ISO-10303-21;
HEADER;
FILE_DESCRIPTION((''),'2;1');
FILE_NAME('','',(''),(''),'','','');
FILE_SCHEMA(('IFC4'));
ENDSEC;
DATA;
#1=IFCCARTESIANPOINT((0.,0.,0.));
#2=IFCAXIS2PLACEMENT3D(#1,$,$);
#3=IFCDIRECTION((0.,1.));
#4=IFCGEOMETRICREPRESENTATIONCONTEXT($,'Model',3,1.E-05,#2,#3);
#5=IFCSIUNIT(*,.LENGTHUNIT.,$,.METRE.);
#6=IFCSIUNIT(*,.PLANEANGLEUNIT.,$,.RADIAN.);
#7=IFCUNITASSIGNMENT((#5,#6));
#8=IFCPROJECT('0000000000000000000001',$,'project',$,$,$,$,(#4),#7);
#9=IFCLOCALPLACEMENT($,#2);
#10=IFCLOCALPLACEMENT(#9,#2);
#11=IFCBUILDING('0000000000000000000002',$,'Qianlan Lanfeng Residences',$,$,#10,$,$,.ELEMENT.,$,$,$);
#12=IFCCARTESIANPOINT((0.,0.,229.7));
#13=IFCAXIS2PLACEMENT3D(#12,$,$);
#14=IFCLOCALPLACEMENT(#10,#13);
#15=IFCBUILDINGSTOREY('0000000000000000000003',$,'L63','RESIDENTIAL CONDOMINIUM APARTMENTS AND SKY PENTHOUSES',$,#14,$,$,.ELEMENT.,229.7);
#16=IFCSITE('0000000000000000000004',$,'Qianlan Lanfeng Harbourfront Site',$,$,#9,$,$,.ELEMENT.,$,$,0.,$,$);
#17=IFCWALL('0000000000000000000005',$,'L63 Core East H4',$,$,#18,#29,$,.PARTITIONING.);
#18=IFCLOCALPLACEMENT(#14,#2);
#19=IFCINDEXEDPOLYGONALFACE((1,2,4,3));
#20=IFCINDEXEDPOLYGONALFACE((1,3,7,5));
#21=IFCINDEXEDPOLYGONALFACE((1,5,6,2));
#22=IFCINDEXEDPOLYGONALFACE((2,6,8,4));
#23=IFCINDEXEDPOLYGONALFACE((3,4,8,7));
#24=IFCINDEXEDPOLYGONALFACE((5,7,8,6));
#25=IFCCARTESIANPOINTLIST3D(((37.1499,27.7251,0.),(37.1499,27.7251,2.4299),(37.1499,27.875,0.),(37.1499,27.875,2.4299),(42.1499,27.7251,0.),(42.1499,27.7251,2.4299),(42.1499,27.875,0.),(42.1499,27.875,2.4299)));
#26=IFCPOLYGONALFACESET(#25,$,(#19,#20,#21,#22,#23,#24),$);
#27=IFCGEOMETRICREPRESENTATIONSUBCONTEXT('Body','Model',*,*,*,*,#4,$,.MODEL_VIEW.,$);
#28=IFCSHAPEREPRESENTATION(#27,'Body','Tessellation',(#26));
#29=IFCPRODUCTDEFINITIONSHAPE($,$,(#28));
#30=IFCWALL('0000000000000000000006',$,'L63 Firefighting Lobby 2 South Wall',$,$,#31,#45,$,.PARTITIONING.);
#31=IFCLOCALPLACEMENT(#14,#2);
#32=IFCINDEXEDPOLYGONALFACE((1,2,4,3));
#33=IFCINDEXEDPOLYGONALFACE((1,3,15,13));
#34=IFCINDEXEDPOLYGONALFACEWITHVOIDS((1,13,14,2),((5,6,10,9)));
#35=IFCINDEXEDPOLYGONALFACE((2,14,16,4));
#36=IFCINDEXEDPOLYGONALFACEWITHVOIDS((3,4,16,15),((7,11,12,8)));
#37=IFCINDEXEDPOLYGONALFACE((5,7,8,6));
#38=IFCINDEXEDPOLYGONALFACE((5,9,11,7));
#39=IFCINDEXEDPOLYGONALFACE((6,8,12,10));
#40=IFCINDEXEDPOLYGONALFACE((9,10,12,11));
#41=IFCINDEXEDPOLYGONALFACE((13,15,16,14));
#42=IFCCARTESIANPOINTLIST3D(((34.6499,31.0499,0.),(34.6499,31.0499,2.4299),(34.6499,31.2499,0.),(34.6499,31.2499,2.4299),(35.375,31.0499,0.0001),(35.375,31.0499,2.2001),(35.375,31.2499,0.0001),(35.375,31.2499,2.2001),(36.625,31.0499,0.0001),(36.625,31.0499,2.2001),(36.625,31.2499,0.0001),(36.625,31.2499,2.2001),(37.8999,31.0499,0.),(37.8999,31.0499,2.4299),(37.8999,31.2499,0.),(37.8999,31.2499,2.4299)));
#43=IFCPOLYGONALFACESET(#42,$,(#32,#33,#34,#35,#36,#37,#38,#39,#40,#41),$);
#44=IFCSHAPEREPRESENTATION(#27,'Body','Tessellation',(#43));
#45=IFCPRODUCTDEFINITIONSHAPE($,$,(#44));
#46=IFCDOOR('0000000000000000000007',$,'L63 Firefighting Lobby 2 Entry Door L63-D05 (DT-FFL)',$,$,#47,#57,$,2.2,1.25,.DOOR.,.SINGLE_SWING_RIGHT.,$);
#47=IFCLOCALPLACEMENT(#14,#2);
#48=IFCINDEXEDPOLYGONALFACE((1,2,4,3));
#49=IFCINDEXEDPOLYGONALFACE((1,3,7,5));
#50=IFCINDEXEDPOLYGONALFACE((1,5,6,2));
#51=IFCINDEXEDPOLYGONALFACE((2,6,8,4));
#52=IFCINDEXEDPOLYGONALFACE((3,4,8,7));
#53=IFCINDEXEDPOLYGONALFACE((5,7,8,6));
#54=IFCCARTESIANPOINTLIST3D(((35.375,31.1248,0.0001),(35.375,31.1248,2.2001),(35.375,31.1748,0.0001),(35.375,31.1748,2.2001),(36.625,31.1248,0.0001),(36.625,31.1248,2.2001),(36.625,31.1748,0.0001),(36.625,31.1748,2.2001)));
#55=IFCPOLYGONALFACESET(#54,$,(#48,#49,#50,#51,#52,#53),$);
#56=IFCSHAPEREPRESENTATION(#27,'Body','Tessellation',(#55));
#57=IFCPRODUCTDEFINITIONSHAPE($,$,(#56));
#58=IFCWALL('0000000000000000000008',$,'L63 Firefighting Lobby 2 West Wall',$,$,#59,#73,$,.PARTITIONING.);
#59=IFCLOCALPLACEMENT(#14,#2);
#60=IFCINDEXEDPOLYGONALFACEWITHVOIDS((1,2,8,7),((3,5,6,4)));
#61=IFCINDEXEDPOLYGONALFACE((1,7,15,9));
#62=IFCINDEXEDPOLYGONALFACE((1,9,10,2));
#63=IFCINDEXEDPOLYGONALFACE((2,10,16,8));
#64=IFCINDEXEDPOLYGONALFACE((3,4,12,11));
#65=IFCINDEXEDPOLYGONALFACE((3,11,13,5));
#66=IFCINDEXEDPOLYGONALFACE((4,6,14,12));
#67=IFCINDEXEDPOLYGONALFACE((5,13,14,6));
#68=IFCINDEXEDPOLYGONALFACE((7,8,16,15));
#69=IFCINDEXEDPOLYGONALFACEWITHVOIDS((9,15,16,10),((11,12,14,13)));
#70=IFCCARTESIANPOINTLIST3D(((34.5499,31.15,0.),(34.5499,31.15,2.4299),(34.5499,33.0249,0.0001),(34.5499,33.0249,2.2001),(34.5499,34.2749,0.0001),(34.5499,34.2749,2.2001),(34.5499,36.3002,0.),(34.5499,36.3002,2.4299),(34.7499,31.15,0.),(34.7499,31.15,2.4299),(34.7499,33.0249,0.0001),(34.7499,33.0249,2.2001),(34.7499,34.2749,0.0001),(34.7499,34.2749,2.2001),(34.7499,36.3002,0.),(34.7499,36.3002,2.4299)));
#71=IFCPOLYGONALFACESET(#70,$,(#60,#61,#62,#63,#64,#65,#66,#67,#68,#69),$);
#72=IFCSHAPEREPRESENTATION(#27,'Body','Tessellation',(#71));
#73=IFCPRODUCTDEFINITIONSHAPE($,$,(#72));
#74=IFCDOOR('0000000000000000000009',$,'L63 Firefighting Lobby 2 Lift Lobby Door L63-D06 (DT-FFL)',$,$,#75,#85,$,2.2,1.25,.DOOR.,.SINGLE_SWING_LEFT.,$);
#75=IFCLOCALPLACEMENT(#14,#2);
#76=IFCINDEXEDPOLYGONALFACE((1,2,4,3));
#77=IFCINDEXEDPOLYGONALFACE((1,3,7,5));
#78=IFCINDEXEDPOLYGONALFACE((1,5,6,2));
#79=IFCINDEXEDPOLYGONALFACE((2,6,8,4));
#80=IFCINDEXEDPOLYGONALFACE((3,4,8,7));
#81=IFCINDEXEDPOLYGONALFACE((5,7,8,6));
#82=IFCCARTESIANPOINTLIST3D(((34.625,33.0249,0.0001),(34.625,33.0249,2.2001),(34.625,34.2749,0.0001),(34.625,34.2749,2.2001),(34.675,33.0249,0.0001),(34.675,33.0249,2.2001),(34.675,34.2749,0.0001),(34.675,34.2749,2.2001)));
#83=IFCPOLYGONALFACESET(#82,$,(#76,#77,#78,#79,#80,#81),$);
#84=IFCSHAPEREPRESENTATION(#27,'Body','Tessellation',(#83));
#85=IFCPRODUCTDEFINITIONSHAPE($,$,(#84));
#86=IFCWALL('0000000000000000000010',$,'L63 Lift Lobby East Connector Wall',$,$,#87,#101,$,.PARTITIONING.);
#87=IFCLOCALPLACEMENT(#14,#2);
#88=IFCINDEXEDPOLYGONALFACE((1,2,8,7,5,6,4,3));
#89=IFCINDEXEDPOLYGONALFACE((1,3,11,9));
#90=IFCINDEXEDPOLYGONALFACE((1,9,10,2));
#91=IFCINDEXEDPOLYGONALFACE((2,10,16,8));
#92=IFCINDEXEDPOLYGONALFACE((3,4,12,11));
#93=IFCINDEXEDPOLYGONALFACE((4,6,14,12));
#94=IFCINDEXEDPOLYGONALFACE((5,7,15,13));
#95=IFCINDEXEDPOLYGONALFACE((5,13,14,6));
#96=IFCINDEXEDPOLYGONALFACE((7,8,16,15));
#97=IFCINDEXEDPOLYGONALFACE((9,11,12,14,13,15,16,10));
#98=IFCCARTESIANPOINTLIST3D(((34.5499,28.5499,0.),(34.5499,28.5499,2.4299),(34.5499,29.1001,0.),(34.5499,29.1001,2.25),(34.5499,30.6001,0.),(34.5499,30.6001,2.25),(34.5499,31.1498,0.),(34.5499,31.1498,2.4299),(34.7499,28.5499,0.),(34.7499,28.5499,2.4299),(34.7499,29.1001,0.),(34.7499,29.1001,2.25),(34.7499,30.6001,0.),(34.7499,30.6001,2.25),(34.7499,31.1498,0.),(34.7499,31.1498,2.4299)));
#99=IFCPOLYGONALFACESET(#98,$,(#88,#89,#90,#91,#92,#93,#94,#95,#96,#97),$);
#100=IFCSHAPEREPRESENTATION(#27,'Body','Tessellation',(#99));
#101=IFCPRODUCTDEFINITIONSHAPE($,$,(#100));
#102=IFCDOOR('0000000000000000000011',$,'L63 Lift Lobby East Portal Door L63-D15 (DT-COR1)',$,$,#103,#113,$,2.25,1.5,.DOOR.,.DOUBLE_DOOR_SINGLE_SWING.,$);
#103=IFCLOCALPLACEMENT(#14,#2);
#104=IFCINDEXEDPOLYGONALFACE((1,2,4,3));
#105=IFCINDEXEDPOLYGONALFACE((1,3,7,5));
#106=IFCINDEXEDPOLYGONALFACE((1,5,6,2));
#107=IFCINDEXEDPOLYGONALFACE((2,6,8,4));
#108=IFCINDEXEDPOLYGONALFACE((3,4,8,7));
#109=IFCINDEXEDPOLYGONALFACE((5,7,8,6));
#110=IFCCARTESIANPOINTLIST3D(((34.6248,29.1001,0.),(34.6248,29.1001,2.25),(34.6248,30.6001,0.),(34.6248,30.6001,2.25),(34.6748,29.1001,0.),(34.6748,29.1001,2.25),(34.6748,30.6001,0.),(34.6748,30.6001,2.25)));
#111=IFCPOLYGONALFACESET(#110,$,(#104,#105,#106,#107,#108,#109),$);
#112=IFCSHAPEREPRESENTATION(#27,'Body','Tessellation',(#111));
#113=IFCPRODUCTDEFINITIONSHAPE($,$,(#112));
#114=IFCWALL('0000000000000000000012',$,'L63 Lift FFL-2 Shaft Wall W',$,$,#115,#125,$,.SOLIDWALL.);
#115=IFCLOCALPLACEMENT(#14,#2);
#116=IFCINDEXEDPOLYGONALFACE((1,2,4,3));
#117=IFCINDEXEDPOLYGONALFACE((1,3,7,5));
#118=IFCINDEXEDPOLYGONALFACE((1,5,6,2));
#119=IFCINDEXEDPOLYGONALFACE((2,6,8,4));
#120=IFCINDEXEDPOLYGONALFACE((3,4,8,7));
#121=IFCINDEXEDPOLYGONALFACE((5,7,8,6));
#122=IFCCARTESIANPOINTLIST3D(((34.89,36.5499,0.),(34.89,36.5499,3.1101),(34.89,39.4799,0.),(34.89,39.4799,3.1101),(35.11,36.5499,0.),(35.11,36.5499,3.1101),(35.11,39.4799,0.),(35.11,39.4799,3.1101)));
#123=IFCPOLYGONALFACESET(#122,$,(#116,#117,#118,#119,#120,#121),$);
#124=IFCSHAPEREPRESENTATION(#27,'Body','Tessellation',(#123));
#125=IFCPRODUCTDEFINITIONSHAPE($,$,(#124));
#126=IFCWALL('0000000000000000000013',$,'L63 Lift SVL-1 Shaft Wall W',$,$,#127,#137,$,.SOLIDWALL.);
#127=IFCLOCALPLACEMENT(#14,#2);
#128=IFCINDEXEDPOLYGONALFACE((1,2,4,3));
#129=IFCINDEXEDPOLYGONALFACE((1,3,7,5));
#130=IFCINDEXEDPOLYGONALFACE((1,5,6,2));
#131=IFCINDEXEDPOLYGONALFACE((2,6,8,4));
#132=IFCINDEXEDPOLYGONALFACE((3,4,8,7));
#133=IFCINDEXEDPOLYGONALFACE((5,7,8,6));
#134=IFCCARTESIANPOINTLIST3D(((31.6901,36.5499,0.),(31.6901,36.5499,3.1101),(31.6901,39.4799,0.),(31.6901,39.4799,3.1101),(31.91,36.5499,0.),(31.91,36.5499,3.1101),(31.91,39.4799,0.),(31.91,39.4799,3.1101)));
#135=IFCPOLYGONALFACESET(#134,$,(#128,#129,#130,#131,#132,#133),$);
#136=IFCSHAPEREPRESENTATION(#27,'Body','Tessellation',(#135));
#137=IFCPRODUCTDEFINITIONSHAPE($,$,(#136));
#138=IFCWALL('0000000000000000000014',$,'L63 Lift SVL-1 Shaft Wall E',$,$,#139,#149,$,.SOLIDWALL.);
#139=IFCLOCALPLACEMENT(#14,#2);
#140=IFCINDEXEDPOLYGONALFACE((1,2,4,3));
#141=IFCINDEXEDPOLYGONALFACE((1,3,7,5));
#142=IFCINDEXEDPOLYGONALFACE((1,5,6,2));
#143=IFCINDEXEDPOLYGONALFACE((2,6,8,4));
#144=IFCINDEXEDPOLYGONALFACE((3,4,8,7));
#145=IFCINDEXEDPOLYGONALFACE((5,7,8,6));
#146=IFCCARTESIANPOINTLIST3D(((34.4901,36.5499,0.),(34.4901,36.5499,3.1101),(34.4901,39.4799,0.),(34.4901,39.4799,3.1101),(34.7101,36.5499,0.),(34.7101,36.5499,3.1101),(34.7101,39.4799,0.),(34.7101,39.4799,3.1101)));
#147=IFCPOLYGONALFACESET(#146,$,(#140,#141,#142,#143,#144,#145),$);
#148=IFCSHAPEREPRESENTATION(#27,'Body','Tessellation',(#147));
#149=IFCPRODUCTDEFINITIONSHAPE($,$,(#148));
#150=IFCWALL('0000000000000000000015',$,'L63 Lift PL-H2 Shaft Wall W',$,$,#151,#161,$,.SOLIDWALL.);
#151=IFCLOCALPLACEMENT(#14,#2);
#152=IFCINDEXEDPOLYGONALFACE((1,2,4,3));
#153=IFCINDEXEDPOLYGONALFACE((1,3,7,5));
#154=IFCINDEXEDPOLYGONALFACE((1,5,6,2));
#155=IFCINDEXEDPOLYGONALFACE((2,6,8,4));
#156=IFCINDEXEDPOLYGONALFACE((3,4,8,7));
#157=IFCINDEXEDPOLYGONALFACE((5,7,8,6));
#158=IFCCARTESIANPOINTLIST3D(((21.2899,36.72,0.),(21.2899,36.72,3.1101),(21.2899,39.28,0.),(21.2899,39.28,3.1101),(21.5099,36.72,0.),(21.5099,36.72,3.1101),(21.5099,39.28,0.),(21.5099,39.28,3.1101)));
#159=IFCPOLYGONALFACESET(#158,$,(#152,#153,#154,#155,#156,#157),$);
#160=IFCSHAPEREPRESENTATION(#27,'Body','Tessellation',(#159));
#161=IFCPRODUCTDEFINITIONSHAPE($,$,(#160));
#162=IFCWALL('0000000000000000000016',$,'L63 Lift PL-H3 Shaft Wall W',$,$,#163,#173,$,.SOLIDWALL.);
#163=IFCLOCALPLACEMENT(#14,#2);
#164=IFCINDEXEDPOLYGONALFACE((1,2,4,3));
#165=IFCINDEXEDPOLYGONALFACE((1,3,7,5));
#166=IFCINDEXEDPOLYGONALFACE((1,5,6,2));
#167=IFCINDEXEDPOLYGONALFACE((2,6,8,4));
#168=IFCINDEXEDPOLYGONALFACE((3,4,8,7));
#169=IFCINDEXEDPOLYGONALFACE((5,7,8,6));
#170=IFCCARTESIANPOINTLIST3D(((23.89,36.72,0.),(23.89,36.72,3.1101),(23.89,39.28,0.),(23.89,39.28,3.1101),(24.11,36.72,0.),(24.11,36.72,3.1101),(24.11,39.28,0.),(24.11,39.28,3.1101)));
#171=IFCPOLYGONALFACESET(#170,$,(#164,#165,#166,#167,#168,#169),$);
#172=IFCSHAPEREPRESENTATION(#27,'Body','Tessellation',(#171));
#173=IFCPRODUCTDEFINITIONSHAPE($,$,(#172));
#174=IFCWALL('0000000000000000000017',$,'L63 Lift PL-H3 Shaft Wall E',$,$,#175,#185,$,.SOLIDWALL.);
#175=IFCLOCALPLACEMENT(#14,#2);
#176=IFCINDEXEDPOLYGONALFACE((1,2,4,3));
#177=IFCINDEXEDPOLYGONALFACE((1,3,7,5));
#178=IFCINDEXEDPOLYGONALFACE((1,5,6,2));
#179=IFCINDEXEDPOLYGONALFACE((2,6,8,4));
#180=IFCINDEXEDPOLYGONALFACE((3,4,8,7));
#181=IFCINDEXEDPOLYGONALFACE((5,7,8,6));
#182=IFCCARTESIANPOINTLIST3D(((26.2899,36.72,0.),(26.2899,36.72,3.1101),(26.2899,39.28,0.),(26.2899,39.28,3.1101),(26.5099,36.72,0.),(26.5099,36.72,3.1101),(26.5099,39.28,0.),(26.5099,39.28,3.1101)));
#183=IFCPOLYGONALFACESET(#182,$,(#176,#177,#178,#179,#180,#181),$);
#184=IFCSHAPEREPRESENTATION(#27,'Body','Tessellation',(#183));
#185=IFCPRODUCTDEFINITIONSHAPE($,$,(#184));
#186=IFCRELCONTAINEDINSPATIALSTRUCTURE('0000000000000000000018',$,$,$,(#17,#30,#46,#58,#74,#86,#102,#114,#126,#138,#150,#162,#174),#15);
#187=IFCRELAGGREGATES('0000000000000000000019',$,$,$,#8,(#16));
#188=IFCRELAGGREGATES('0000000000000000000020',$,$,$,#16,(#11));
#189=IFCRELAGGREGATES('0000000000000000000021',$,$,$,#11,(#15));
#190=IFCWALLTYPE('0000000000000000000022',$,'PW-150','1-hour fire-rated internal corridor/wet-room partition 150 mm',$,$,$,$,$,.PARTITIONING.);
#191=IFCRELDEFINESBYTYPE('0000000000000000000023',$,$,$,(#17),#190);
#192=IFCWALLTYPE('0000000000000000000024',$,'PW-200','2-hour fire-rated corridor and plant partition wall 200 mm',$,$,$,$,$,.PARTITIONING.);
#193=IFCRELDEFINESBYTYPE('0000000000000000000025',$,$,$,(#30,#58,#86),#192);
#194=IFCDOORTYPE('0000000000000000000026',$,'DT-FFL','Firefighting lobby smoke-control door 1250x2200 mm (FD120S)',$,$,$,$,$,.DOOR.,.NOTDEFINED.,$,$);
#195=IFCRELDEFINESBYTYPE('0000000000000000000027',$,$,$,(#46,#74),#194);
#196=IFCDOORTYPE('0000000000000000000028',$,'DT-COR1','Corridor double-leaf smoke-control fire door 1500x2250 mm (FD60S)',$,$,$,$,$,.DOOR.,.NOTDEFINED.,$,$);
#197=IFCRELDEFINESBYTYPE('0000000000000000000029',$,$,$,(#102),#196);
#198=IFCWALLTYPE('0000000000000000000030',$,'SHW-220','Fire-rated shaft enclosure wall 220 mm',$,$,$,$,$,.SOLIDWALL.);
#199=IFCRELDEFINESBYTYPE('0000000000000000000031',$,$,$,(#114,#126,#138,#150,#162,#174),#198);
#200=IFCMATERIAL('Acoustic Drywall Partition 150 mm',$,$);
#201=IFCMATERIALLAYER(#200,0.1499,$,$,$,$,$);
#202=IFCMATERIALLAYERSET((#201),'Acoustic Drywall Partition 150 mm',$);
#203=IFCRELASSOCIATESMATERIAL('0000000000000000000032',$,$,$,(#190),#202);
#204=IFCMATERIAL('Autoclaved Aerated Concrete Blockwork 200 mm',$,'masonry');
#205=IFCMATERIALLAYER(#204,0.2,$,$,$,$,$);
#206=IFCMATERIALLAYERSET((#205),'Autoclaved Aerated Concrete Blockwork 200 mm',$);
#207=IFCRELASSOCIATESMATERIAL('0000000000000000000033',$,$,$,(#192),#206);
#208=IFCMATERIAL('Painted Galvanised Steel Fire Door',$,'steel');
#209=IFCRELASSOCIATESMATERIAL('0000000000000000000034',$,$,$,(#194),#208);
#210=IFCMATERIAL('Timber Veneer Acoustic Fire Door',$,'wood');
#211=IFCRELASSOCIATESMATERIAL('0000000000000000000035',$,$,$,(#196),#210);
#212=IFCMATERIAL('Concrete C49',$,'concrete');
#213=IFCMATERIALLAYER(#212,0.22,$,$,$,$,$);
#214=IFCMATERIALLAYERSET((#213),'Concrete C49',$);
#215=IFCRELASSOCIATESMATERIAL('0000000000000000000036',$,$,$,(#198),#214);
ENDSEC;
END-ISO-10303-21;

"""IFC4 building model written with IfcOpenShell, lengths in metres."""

from ifc_helpers import new_model, si_unit, direction, frame, frame_2d, origin, place, context, subcontext, project, spatial, rectangle, extrude, material, layer, layer_set, type_object, element, fill, save


model = new_model("IFC4")

# Units and contexts
model_context = context("Model", 3, precision=1e-05, world=origin(), true_north=direction((0.0, 1.0)))
body_context = subcontext(model_context, "Body", "Model", "MODEL_VIEW")
ifc_project = project(units=[si_unit("LENGTHUNIT", "METRE"), si_unit("PLANEANGLEUNIT", "RADIAN")], contexts=[model_context])

# Site, building, storey
site_placement = place(None, origin())
site = spatial("IfcSite", under=ifc_project, at=site_placement, Name="Qianlan Lanfeng Harbourfront Site", CompositionType="ELEMENT", RefElevation=0.0)
building_placement = place(site_placement, origin())
building = spatial("IfcBuilding", under=site, at=building_placement, Name="Qianlan Lanfeng Residences", CompositionType="ELEMENT")
storey_placement = place(building_placement, frame((0.0, 0.0, 229.7)))
storey = spatial("IfcBuildingStorey", under=building, at=storey_placement, Name="L63", Description="RESIDENTIAL CONDOMINIUM APARTMENTS AND SKY PENTHOUSES", CompositionType="ELEMENT", Elevation=229.7)

# Wall
ifc_material_1 = material(Name="Acoustic Drywall Partition 150 mm")
ifc_layer_1 = layer(ifc_material_1, 0.1499)
ifc_layer_set_1 = layer_set([ifc_layer_1], Name="Acoustic Drywall Partition 150 mm")
wall_type_1 = type_object("IfcWallType", Name="PW-150", Description="1-hour fire-rated internal corridor/wet-room partition 150 mm", PredefinedType="PARTITIONING", material=ifc_layer_set_1)
wall_1_placement = place(storey_placement, frame((37.1499, 27.8, 0.0), z_axis=(0.0, 0.0, 1.0), x_axis=(1.0, 0.0, 0.0)))
element("IfcWall", 1, at=wall_1_placement, inside=storey, type_object=wall_type_1, Name="L63 Core East H4", PredefinedType="PARTITIONING", context=body_context, shape_type="SweptSolid", body=[
    extrude(rectangle(XDim=5.0, YDim=0.1499, at=frame_2d((2.5, 0.0))), origin(), (0.0, 0.0, 1.0), 2.4299),
])

# Walls, openings, doors
ifc_material_2 = material(Name="Autoclaved Aerated Concrete Blockwork 200 mm", Category="masonry")
ifc_layer_2 = layer(ifc_material_2, 0.2)
ifc_layer_set_2 = layer_set([ifc_layer_2], Name="Autoclaved Aerated Concrete Blockwork 200 mm")
wall_type_2 = type_object("IfcWallType", Name="PW-200", Description="2-hour fire-rated corridor and plant partition wall 200 mm", PredefinedType="PARTITIONING", material=ifc_layer_set_2)
wall_2_placement = place(storey_placement, frame((34.6499, 31.1499, 0.0), z_axis=(0.0, 0.0, 1.0), x_axis=(1.0, 0.0, 0.0)))
wall_2 = element("IfcWall", 2, at=wall_2_placement, inside=storey, type_object=wall_type_2, Name="L63 Firefighting Lobby 2 South Wall", PredefinedType="PARTITIONING", context=body_context, shape_type="SweptSolid", body=[
    extrude(rectangle(XDim=3.25, YDim=0.2, at=frame_2d((1.625, 0.0))), origin(), (0.0, 0.0, 1.0), 2.4299),
])
opening_1_placement = place(wall_2_placement, frame((0.7251, 0.0, 0.0)))
opening_1 = element("IfcOpeningElement", 3, at=opening_1_placement, cuts=wall_2, PredefinedType="OPENING", context=body_context, shape_type="SweptSolid", body=[
    extrude(rectangle(XDim=1.25, YDim=2.2, at=frame_2d((0.625, 1.1001))), frame((0.0, 0.1099, 0.0), z_axis=(0.0, -1.0, 0.0), x_axis=(1.0, 0.0, 0.0)), (0.0, 0.0, 1.0), 0.22),
])
ifc_material_3 = material(Name="Painted Galvanised Steel Fire Door", Category="steel")
door_type_1 = type_object("IfcDoorType", Name="DT-FFL", Description="Firefighting lobby smoke-control door 1250x2200 mm (FD120S)", OperationType="NOTDEFINED", PredefinedType="DOOR", material=ifc_material_3)
door_1_placement = place(opening_1_placement, origin())
door_1 = element("IfcDoor", 4, at=door_1_placement, inside=storey, type_object=door_type_1, Name="L63 Firefighting Lobby 2 Entry Door L63-D05 (DT-FFL)", OperationType="SINGLE_SWING_RIGHT", OverallHeight=2.2, OverallWidth=1.25, PredefinedType="DOOR", context=body_context, shape_type="SweptSolid", body=[
    extrude(rectangle(XDim=1.25, YDim=2.2, at=frame_2d((0.625, 1.1001))), frame((0.0, 0.0249, 0.0), z_axis=(0.0, -1.0, 0.0), x_axis=(1.0, 0.0, 0.0)), (0.0, 0.0, 1.0), 0.05),
])
fill(opening_1, door_1)
wall_3_placement = place(storey_placement, frame((34.6499, 31.1499, 0.0), z_axis=(0.0, 0.0, 1.0), x_axis=(0.0, 1.0, 0.0)))
wall_3 = element("IfcWall", 5, at=wall_3_placement, inside=storey, type_object=wall_type_2, Name="L63 Firefighting Lobby 2 West Wall", PredefinedType="PARTITIONING", context=body_context, shape_type="SweptSolid", body=[
    extrude(rectangle(XDim=5.1501, YDim=0.2, at=frame_2d((2.5752, 0.0))), origin(), (0.0, 0.0, 1.0), 2.4299),
])
opening_2_placement = place(wall_3_placement, frame((1.875, 0.0, 0.0)))
opening_2 = element("IfcOpeningElement", 6, at=opening_2_placement, cuts=wall_3, PredefinedType="OPENING", context=body_context, shape_type="SweptSolid", body=[
    extrude(rectangle(XDim=1.25, YDim=2.2, at=frame_2d((0.625, 1.1001))), frame((0.0, 0.1099, 0.0), z_axis=(0.0, -1.0, 0.0), x_axis=(1.0, 0.0, 0.0)), (0.0, 0.0, 1.0), 0.22),
])
door_2_placement = place(opening_2_placement, origin())
door_2 = element("IfcDoor", 7, at=door_2_placement, inside=storey, type_object=door_type_1, Name="L63 Firefighting Lobby 2 Lift Lobby Door L63-D06 (DT-FFL)", OperationType="SINGLE_SWING_LEFT", OverallHeight=2.2, OverallWidth=1.25, PredefinedType="DOOR", context=body_context, shape_type="SweptSolid", body=[
    extrude(rectangle(XDim=1.25, YDim=2.2, at=frame_2d((0.625, 1.1001))), frame((0.0, 0.0249, 0.0), z_axis=(0.0, -1.0, 0.0), x_axis=(1.0, 0.0, 0.0)), (0.0, 0.0, 1.0), 0.05),
])
fill(opening_2, door_2)
wall_4_placement = place(storey_placement, frame((34.6499, 28.55, 0.0), z_axis=(0.0, 0.0, 1.0), x_axis=(0.0, 1.0, 0.0)))
wall_4 = element("IfcWall", 8, at=wall_4_placement, inside=storey, type_object=wall_type_2, Name="L63 Lift Lobby East Connector Wall", PredefinedType="PARTITIONING", context=body_context, shape_type="SweptSolid", body=[
    extrude(rectangle(XDim=2.5999, YDim=0.2, at=frame_2d((1.2998, 0.0))), origin(), (0.0, 0.0, 1.0), 2.4299),
])
opening_3_placement = place(wall_4_placement, frame((0.55, 0.0, 0.0)))
opening_3 = element("IfcOpeningElement", 9, at=opening_3_placement, cuts=wall_4, PredefinedType="OPENING", context=body_context, shape_type="SweptSolid", body=[
    extrude(rectangle(XDim=1.5, YDim=2.25, at=frame_2d((0.75, 1.125))), frame((0.0, 0.1099, 0.0), z_axis=(0.0, -1.0, 0.0), x_axis=(1.0, 0.0, 0.0)), (0.0, 0.0, 1.0), 0.22),
])
ifc_material_4 = material(Name="Timber Veneer Acoustic Fire Door", Category="wood")
door_type_2 = type_object("IfcDoorType", Name="DT-COR1", Description="Corridor double-leaf smoke-control fire door 1500x2250 mm (FD60S)", OperationType="NOTDEFINED", PredefinedType="DOOR", material=ifc_material_4)
door_3_placement = place(opening_3_placement, frame((1.5, 0.0, 0.0), z_axis=(0.0, 0.0, 1.0), x_axis=(-1.0, 0.0, 0.0)))
door_3 = element("IfcDoor", 10, at=door_3_placement, inside=storey, type_object=door_type_2, Name="L63 Lift Lobby East Portal Door L63-D15 (DT-COR1)", OperationType="DOUBLE_DOOR_SINGLE_SWING", OverallHeight=2.25, OverallWidth=1.5, PredefinedType="DOOR", context=body_context, shape_type="SweptSolid", body=[
    extrude(rectangle(XDim=1.5, YDim=2.25, at=frame_2d((0.75, 1.125))), frame((0.0, 0.0249, 0.0), z_axis=(0.0, -1.0, 0.0), x_axis=(1.0, 0.0, 0.0)), (0.0, 0.0, 1.0), 0.05),
])
fill(opening_3, door_3)

# Walls
ifc_material_5 = material(Name="Concrete C49", Category="concrete")
ifc_layer_3 = layer(ifc_material_5, 0.22)
ifc_layer_set_3 = layer_set([ifc_layer_3], Name="Concrete C49")
wall_type_3 = type_object("IfcWallType", Name="SHW-220", Description="Fire-rated shaft enclosure wall 220 mm", PredefinedType="SOLIDWALL", material=ifc_layer_set_3)
for number, where, z_axis, x_axis, name in (
    (11, (35.0, 36.55, 0.0), (0.0, 0.0, 1.0), (0.0, 1.0, 0.0), "L63 Lift FFL-2 Shaft Wall W"),
    (12, (31.8, 36.55, 0.0), (0.0, 0.0, 1.0), (0.0, 1.0, 0.0), "L63 Lift SVL-1 Shaft Wall W"),
    (13, (34.6001, 36.55, 0.0), (0.0, 0.0, 1.0), (0.0, 1.0, 0.0), "L63 Lift SVL-1 Shaft Wall E"),
):
    element("IfcWall", number, at=place(storey_placement, frame(where, z_axis=z_axis, x_axis=x_axis)), inside=storey, type_object=wall_type_3, Name=name, PredefinedType="SOLIDWALL", context=body_context, shape_type="SweptSolid", body=[
        extrude(rectangle(XDim=2.9299, YDim=0.22, at=frame_2d((1.4648, 0.0))), origin(), (0.0, 0.0, 1.0), 3.1101),
    ])
for number, where, z_axis, x_axis, name in (
    (14, (21.3999, 36.72, 0.0), (0.0, 0.0, 1.0), (0.0, 1.0, 0.0), "L63 Lift PL-H2 Shaft Wall W"),
    (15, (24.0, 36.72, 0.0), (0.0, 0.0, 1.0), (0.0, 1.0, 0.0), "L63 Lift PL-H3 Shaft Wall W"),
    (16, (26.3999, 36.72, 0.0), (0.0, 0.0, 1.0), (0.0, 1.0, 0.0), "L63 Lift PL-H3 Shaft Wall E"),
):
    element("IfcWall", number, at=place(storey_placement, frame(where, z_axis=z_axis, x_axis=x_axis)), inside=storey, type_object=wall_type_3, Name=name, PredefinedType="SOLIDWALL", context=body_context, shape_type="SweptSolid", body=[
        extrude(rectangle(XDim=2.5601, YDim=0.22, at=frame_2d((1.28, 0.0))), origin(), (0.0, 0.0, 1.0), 3.1101),
    ])

save(model, "model.ifc")
